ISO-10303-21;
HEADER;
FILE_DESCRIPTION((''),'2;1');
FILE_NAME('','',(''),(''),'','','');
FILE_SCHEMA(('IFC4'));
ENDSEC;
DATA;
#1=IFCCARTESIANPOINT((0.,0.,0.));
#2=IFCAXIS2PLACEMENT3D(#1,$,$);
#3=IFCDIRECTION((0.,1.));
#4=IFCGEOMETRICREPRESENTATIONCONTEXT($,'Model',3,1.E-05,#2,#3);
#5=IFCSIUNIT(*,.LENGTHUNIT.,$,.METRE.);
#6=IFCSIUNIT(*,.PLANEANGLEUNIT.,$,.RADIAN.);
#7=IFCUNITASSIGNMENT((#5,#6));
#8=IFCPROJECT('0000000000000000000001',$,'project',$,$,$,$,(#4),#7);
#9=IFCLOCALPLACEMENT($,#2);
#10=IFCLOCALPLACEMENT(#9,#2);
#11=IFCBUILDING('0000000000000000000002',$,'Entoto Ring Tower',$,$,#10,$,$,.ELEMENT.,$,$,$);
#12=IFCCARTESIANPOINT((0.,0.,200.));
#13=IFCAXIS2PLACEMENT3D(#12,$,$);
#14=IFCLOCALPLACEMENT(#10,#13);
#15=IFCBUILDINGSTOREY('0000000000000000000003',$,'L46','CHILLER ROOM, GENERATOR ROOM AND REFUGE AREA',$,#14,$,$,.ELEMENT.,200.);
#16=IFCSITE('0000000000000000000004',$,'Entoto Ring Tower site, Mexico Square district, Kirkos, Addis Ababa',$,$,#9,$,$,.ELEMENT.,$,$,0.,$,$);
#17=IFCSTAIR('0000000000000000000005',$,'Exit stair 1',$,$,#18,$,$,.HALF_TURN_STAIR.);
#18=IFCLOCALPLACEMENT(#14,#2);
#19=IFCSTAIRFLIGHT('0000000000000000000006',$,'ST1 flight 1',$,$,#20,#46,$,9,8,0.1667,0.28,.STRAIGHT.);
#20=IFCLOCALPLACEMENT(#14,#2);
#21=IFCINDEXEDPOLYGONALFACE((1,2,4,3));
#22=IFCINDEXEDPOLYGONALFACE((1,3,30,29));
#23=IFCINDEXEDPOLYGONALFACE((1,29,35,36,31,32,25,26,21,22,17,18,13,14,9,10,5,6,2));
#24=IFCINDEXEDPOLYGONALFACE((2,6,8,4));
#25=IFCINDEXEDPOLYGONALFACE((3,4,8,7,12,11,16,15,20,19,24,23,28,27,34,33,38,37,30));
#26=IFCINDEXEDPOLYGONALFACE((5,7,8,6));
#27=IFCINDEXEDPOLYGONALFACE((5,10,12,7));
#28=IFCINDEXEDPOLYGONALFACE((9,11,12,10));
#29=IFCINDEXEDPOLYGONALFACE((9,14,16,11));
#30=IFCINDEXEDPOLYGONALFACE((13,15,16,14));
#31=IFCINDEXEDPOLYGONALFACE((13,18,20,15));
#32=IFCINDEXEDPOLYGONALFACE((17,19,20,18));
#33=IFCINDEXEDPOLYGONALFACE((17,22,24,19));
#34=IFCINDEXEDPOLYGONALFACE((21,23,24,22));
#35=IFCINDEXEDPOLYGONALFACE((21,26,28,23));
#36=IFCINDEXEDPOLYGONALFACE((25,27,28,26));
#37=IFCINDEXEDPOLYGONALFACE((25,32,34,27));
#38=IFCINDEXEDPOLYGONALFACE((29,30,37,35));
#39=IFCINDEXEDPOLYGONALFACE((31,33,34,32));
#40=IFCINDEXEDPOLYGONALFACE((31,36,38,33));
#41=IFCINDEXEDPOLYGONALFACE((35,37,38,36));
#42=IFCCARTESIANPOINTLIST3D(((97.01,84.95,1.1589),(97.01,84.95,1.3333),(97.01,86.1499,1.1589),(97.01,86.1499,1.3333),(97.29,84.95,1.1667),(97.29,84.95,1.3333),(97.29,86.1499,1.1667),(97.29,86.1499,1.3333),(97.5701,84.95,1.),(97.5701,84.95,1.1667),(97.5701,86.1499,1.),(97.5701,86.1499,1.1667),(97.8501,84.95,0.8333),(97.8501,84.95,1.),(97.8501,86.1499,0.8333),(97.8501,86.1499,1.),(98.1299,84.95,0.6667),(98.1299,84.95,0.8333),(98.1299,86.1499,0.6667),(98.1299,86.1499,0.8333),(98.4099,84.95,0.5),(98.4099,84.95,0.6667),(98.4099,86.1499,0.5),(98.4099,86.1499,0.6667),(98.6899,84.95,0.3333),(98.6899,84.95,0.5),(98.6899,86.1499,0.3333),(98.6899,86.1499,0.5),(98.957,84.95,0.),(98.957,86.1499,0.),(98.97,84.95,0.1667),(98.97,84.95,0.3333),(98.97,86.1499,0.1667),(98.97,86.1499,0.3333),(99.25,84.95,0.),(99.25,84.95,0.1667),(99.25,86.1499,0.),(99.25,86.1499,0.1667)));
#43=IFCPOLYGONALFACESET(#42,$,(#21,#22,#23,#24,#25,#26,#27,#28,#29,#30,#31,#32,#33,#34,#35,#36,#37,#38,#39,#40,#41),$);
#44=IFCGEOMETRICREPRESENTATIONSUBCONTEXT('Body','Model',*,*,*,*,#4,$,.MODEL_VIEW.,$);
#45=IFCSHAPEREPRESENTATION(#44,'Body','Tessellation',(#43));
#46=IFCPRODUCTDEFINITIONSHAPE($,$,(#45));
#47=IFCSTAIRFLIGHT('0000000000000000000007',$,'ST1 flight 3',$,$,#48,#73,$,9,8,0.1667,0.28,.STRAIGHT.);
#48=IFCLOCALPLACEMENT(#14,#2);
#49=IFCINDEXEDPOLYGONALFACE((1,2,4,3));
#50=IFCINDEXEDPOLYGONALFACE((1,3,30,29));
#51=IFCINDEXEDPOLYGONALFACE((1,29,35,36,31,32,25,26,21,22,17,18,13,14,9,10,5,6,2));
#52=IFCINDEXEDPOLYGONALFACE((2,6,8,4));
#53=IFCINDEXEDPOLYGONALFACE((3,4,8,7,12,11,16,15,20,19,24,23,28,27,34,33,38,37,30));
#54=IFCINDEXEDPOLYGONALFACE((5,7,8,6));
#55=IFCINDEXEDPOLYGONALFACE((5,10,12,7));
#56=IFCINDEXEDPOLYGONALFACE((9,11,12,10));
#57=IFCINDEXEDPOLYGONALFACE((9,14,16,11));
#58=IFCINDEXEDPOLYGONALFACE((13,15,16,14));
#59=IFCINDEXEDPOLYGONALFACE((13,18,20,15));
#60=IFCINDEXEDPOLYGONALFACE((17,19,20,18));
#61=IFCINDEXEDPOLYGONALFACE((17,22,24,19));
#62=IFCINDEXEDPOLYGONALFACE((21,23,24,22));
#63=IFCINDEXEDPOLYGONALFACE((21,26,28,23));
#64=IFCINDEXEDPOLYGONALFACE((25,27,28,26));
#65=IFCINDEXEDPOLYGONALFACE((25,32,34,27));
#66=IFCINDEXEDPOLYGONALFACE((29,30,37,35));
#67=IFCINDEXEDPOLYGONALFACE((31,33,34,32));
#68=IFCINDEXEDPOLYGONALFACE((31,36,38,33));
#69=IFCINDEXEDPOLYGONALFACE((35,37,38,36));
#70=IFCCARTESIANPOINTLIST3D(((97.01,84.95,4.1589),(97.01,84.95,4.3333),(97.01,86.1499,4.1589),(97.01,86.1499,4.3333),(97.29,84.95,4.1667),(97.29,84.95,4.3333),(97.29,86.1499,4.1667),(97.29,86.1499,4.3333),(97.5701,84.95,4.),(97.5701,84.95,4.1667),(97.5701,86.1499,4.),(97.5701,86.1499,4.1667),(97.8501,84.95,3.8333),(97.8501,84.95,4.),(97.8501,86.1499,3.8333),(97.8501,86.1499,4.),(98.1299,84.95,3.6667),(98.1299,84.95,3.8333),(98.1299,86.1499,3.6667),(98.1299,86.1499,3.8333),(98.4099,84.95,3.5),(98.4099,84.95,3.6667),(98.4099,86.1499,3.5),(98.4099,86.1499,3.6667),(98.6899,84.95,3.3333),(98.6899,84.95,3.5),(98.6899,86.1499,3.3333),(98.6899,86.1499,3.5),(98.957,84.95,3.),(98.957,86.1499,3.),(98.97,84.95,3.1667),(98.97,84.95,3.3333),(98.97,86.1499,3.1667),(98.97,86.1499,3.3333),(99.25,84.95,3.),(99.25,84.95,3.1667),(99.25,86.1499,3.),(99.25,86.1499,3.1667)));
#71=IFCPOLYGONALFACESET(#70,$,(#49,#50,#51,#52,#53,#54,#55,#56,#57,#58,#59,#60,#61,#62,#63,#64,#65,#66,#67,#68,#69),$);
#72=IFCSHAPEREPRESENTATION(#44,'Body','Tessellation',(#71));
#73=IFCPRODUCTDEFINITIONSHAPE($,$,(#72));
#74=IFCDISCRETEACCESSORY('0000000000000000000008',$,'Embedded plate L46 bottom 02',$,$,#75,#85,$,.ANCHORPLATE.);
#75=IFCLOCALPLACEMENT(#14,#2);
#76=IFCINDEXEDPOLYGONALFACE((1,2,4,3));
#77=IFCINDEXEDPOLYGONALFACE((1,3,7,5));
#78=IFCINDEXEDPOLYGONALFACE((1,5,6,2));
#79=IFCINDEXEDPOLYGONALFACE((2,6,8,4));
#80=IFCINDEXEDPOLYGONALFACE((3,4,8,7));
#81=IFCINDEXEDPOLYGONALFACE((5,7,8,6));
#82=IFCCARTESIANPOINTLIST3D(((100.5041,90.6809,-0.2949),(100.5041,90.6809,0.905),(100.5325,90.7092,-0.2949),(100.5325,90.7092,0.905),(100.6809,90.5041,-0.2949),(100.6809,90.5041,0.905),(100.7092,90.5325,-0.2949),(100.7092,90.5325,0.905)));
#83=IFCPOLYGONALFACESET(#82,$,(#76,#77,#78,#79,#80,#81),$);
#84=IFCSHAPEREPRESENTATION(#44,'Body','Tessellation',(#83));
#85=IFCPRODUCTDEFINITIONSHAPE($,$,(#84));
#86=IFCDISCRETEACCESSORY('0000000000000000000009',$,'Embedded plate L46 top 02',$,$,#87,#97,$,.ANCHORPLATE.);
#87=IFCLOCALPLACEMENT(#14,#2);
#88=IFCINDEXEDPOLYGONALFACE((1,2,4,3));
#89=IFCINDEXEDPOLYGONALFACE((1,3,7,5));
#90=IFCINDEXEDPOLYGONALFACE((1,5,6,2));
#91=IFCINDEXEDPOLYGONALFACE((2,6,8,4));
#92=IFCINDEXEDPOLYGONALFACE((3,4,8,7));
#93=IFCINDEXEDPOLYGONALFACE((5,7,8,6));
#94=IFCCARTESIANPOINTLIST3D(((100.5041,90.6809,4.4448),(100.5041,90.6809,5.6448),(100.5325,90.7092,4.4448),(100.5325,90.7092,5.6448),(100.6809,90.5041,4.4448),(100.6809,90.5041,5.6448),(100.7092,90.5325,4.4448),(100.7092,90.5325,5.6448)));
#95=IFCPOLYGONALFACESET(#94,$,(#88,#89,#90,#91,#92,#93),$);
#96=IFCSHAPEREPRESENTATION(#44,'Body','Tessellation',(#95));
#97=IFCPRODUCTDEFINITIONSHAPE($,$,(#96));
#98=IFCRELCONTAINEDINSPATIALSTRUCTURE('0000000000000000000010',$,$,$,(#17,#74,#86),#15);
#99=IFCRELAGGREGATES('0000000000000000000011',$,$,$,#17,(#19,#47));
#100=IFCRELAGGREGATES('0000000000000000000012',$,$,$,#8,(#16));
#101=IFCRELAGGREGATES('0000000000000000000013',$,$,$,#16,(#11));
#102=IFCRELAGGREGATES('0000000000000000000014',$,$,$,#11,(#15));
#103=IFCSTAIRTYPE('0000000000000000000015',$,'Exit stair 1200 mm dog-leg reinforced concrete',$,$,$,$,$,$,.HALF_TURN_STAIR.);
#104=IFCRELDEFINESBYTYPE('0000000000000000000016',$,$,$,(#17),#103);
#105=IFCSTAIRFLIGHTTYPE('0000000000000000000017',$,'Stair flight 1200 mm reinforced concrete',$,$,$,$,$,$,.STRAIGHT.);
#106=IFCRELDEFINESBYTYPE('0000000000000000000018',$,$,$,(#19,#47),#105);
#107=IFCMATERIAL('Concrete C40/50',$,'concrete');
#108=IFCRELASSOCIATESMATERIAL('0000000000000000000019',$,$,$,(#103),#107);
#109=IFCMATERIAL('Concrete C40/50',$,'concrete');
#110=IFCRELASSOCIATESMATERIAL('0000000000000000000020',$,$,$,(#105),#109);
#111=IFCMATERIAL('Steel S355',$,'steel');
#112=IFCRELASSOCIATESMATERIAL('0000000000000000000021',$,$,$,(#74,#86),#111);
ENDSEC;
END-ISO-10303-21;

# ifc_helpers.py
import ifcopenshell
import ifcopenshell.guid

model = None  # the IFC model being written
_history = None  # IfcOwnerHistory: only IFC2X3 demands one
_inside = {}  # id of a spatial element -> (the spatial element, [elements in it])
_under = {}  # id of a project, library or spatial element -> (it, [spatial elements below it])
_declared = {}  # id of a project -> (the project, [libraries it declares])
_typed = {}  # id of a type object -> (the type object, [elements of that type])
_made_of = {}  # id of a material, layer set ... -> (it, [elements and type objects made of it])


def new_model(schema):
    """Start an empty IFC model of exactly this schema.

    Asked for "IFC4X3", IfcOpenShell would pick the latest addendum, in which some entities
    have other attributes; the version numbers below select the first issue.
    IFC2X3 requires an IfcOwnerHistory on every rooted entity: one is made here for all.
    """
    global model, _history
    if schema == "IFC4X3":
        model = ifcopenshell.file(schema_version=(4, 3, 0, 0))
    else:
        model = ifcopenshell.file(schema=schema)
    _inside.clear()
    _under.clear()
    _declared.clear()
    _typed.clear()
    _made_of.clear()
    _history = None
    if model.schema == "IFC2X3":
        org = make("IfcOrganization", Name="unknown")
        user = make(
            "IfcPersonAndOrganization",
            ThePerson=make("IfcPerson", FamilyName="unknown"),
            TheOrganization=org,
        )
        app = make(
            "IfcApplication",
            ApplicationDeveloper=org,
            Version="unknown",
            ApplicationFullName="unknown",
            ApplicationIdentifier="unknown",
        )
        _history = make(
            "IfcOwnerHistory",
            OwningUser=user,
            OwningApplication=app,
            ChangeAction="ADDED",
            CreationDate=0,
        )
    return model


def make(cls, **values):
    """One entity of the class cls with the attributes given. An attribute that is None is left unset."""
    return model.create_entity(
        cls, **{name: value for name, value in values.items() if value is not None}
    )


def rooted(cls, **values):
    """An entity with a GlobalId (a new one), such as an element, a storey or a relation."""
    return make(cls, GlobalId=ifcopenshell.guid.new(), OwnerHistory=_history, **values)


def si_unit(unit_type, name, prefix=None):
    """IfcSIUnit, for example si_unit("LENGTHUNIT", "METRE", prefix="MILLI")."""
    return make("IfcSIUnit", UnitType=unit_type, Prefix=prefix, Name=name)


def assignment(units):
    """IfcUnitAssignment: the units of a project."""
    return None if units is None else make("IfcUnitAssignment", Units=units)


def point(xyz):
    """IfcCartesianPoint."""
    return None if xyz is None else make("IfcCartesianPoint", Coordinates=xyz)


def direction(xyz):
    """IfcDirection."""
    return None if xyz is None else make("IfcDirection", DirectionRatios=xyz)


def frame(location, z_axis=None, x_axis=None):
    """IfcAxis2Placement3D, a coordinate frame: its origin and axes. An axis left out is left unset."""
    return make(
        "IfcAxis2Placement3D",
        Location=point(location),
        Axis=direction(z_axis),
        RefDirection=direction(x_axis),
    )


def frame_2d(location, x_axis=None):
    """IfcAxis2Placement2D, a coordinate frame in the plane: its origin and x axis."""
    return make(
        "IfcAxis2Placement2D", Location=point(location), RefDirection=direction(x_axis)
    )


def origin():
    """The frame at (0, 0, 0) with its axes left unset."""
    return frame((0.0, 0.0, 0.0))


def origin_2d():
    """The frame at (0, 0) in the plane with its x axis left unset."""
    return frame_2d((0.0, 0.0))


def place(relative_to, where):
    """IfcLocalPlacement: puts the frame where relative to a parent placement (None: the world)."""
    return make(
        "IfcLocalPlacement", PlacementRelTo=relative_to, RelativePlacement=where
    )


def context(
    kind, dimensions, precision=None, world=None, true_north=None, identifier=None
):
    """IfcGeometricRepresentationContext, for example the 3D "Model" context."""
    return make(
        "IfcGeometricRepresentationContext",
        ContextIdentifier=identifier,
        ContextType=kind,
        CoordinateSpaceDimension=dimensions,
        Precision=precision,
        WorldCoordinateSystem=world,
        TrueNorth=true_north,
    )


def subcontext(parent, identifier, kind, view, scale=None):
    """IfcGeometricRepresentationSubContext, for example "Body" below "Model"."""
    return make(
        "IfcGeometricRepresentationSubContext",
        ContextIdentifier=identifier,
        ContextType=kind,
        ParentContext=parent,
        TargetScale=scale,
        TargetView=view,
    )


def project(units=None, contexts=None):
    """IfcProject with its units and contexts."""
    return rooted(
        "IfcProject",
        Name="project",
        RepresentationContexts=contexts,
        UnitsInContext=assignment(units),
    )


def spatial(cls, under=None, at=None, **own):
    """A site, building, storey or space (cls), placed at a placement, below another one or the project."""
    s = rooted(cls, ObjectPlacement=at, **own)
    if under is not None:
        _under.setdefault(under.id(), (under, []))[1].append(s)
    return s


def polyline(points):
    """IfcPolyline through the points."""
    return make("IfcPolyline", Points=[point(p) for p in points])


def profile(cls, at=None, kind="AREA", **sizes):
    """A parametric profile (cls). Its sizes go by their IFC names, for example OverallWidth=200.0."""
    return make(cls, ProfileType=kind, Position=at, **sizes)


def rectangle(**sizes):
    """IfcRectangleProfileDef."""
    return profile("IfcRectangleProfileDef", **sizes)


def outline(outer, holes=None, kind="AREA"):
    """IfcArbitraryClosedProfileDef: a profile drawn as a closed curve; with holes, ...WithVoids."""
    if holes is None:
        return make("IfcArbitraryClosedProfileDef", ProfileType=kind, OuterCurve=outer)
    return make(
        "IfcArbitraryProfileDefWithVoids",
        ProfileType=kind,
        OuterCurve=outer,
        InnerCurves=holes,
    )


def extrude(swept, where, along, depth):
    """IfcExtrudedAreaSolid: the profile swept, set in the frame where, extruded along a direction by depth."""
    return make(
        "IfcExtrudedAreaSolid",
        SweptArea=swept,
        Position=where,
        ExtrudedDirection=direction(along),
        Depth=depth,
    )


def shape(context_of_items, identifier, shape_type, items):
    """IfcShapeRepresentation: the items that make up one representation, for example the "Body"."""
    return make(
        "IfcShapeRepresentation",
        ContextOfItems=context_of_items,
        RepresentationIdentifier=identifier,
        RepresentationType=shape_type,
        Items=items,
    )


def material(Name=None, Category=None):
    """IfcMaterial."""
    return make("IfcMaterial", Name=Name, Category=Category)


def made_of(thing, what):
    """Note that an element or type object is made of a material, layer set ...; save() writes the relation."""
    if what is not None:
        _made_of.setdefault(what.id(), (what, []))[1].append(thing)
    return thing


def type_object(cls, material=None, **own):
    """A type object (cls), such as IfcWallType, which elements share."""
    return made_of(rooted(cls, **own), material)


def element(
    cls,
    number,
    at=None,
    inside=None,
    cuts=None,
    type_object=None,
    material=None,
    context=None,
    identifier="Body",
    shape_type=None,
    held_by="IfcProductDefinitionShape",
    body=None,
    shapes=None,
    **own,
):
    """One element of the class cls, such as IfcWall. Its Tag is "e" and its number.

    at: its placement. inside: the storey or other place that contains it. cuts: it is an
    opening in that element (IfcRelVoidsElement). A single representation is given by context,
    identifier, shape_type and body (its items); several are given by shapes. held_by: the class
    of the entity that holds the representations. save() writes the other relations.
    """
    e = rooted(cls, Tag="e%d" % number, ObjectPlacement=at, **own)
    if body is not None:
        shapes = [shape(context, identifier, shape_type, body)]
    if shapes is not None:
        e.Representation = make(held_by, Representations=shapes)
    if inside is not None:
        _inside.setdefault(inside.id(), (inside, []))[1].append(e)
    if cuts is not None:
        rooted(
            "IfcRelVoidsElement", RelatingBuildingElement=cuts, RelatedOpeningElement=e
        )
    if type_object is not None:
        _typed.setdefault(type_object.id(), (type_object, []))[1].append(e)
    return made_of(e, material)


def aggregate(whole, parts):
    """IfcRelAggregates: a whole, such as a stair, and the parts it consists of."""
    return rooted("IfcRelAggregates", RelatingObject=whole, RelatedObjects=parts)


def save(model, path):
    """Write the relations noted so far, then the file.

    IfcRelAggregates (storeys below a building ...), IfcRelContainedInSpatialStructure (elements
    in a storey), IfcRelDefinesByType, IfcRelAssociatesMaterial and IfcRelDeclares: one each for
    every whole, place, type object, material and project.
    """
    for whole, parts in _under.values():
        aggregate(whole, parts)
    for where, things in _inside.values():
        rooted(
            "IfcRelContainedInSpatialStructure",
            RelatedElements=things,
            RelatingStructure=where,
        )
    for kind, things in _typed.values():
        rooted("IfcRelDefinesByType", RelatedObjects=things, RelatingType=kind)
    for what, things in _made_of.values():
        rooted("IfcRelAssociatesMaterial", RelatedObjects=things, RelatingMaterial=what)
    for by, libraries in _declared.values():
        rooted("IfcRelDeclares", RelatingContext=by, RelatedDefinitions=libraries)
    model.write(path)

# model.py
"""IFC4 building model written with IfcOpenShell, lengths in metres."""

from ifc_helpers import new_model, si_unit, direction, frame, origin, origin_2d, place, context, subcontext, project, spatial, polyline, rectangle, outline, extrude, material, type_object, element, aggregate, save


model = new_model("IFC4")

# Units and contexts
model_context = context("Model", 3, precision=1e-05, world=origin(), true_north=direction((0.0, 1.0)))
body_context = subcontext(model_context, "Body", "Model", "MODEL_VIEW")
ifc_project = project(units=[si_unit("LENGTHUNIT", "METRE"), si_unit("PLANEANGLEUNIT", "RADIAN")], contexts=[model_context])

# Site, building, storey
site_placement = place(None, origin())
site = spatial("IfcSite", under=ifc_project, at=site_placement, Name="Entoto Ring Tower site, Mexico Square district, Kirkos, Addis Ababa", CompositionType="ELEMENT", RefElevation=0.0)
building_placement = place(site_placement, origin())
building = spatial("IfcBuilding", under=site, at=building_placement, Name="Entoto Ring Tower", CompositionType="ELEMENT")
storey_placement = place(building_placement, frame((0.0, 0.0, 200.0)))
storey = spatial("IfcBuildingStorey", under=building, at=storey_placement, Name="L46", Description="CHILLER ROOM, GENERATOR ROOM AND REFUGE AREA", CompositionType="ELEMENT", Elevation=200.0)

# Stair, stair flights
ifc_material_1 = material(Name="Concrete C40/50", Category="concrete")
stair_type = type_object("IfcStairType", Name="Exit stair 1200 mm dog-leg reinforced concrete", PredefinedType="HALF_TURN_STAIR", material=ifc_material_1)
stair_placement = place(storey_placement, origin())
stair = element("IfcStair", 1, at=stair_placement, inside=storey, type_object=stair_type, Name="Exit stair 1", PredefinedType="HALF_TURN_STAIR")
ifc_material_2 = material(Name="Concrete C40/50", Category="concrete")
stair_flight_type = type_object("IfcStairFlightType", Name="Stair flight 1200 mm reinforced concrete", PredefinedType="STRAIGHT", material=ifc_material_2)
stair_flight_1_placement = place(storey_placement, frame((99.25, 85.55, 0.0), z_axis=(0.0, 0.0, 1.0), x_axis=(-1.0, 0.0, 0.0)))
stair_flight_1 = element("IfcStairFlight", 2, at=stair_flight_1_placement, type_object=stair_flight_type, Name="ST1 flight 1", NumberOfRisers=9, NumberOfTreads=8, PredefinedType="STRAIGHT", RiserHeight=0.1667, TreadLength=0.28, context=body_context, shape_type="SweptSolid", body=[
    extrude(outline(polyline([(0.0, 0.0), (0.0, 0.1667), (0.28, 0.1667), (0.28, 0.3333), (0.5601, 0.3333), (0.5601, 0.5), (0.8401, 0.5), (0.8401, 0.6667), (1.1201, 0.6667), (1.1201, 0.8333), (1.3999, 0.8333), (1.3999, 1.0), (1.6799, 1.0), (1.6799, 1.1667), (1.96, 1.1667), (1.96, 1.3333), (2.24, 1.3333), (2.24, 1.5), (2.24, 1.1589), (0.293, 0.0), (0.0, 0.0)])), frame((0.0, 0.6001, 0.0), z_axis=(0.0, -1.0, 0.0), x_axis=(1.0, 0.0, 0.0)), (0.0, 0.0, 1.0), 1.2),
])
stair_flight_2_placement = place(storey_placement, frame((99.25, 85.55, 3.0), z_axis=(0.0, 0.0, 1.0), x_axis=(-1.0, 0.0, 0.0)))
stair_flight_2 = element("IfcStairFlight", 3, at=stair_flight_2_placement, type_object=stair_flight_type, Name="ST1 flight 3", NumberOfRisers=9, NumberOfTreads=8, PredefinedType="STRAIGHT", RiserHeight=0.1667, TreadLength=0.28, context=body_context, shape_type="SweptSolid", body=[
    extrude(outline(polyline([(0.0, 0.0), (0.0, 0.1667), (0.28, 0.1667), (0.28, 0.3333), (0.5601, 0.3333), (0.5601, 0.5), (0.8401, 0.5), (0.8401, 0.6667), (1.1201, 0.6667), (1.1201, 0.8333), (1.3999, 0.8333), (1.3999, 1.0), (1.6799, 1.0), (1.6799, 1.1667), (1.96, 1.1667), (1.96, 1.3333), (2.24, 1.3333), (2.24, 1.5), (2.24, 1.1589), (0.293, 0.0), (0.0, 0.0)])), frame((0.0, 0.6001, 0.0), z_axis=(0.0, -1.0, 0.0), x_axis=(1.0, 0.0, 0.0)), (0.0, 0.0, 1.0), 1.2),
])
aggregate(stair, [stair_flight_1, stair_flight_2])

# Discrete accessories
ifc_material_3 = material(Name="Steel S355", Category="steel")
for number, where, z_axis, x_axis, name in (
    (4, (100.6067, 90.6067, -0.2949), (0.0, 0.0, 1.0), (0.707107, 0.707107, 0.0), "Embedded plate L46 bottom 02"),
    (5, (100.6067, 90.6067, 4.4448), (0.0, 0.0, 1.0), (0.707107, 0.707107, 0.0), "Embedded plate L46 top 02"),
):
    element("IfcDiscreteAccessory", number, at=place(storey_placement, frame(where, z_axis=z_axis, x_axis=x_axis)), inside=storey, material=ifc_material_3, Name=name, PredefinedType="ANCHORPLATE", context=body_context, shape_type="SweptSolid", body=[
        extrude(rectangle(XDim=0.04, YDim=0.25, at=origin_2d()), origin(), (0.0, 0.0, 1.0), 1.2),
    ])

save(model, "model.ifc")
